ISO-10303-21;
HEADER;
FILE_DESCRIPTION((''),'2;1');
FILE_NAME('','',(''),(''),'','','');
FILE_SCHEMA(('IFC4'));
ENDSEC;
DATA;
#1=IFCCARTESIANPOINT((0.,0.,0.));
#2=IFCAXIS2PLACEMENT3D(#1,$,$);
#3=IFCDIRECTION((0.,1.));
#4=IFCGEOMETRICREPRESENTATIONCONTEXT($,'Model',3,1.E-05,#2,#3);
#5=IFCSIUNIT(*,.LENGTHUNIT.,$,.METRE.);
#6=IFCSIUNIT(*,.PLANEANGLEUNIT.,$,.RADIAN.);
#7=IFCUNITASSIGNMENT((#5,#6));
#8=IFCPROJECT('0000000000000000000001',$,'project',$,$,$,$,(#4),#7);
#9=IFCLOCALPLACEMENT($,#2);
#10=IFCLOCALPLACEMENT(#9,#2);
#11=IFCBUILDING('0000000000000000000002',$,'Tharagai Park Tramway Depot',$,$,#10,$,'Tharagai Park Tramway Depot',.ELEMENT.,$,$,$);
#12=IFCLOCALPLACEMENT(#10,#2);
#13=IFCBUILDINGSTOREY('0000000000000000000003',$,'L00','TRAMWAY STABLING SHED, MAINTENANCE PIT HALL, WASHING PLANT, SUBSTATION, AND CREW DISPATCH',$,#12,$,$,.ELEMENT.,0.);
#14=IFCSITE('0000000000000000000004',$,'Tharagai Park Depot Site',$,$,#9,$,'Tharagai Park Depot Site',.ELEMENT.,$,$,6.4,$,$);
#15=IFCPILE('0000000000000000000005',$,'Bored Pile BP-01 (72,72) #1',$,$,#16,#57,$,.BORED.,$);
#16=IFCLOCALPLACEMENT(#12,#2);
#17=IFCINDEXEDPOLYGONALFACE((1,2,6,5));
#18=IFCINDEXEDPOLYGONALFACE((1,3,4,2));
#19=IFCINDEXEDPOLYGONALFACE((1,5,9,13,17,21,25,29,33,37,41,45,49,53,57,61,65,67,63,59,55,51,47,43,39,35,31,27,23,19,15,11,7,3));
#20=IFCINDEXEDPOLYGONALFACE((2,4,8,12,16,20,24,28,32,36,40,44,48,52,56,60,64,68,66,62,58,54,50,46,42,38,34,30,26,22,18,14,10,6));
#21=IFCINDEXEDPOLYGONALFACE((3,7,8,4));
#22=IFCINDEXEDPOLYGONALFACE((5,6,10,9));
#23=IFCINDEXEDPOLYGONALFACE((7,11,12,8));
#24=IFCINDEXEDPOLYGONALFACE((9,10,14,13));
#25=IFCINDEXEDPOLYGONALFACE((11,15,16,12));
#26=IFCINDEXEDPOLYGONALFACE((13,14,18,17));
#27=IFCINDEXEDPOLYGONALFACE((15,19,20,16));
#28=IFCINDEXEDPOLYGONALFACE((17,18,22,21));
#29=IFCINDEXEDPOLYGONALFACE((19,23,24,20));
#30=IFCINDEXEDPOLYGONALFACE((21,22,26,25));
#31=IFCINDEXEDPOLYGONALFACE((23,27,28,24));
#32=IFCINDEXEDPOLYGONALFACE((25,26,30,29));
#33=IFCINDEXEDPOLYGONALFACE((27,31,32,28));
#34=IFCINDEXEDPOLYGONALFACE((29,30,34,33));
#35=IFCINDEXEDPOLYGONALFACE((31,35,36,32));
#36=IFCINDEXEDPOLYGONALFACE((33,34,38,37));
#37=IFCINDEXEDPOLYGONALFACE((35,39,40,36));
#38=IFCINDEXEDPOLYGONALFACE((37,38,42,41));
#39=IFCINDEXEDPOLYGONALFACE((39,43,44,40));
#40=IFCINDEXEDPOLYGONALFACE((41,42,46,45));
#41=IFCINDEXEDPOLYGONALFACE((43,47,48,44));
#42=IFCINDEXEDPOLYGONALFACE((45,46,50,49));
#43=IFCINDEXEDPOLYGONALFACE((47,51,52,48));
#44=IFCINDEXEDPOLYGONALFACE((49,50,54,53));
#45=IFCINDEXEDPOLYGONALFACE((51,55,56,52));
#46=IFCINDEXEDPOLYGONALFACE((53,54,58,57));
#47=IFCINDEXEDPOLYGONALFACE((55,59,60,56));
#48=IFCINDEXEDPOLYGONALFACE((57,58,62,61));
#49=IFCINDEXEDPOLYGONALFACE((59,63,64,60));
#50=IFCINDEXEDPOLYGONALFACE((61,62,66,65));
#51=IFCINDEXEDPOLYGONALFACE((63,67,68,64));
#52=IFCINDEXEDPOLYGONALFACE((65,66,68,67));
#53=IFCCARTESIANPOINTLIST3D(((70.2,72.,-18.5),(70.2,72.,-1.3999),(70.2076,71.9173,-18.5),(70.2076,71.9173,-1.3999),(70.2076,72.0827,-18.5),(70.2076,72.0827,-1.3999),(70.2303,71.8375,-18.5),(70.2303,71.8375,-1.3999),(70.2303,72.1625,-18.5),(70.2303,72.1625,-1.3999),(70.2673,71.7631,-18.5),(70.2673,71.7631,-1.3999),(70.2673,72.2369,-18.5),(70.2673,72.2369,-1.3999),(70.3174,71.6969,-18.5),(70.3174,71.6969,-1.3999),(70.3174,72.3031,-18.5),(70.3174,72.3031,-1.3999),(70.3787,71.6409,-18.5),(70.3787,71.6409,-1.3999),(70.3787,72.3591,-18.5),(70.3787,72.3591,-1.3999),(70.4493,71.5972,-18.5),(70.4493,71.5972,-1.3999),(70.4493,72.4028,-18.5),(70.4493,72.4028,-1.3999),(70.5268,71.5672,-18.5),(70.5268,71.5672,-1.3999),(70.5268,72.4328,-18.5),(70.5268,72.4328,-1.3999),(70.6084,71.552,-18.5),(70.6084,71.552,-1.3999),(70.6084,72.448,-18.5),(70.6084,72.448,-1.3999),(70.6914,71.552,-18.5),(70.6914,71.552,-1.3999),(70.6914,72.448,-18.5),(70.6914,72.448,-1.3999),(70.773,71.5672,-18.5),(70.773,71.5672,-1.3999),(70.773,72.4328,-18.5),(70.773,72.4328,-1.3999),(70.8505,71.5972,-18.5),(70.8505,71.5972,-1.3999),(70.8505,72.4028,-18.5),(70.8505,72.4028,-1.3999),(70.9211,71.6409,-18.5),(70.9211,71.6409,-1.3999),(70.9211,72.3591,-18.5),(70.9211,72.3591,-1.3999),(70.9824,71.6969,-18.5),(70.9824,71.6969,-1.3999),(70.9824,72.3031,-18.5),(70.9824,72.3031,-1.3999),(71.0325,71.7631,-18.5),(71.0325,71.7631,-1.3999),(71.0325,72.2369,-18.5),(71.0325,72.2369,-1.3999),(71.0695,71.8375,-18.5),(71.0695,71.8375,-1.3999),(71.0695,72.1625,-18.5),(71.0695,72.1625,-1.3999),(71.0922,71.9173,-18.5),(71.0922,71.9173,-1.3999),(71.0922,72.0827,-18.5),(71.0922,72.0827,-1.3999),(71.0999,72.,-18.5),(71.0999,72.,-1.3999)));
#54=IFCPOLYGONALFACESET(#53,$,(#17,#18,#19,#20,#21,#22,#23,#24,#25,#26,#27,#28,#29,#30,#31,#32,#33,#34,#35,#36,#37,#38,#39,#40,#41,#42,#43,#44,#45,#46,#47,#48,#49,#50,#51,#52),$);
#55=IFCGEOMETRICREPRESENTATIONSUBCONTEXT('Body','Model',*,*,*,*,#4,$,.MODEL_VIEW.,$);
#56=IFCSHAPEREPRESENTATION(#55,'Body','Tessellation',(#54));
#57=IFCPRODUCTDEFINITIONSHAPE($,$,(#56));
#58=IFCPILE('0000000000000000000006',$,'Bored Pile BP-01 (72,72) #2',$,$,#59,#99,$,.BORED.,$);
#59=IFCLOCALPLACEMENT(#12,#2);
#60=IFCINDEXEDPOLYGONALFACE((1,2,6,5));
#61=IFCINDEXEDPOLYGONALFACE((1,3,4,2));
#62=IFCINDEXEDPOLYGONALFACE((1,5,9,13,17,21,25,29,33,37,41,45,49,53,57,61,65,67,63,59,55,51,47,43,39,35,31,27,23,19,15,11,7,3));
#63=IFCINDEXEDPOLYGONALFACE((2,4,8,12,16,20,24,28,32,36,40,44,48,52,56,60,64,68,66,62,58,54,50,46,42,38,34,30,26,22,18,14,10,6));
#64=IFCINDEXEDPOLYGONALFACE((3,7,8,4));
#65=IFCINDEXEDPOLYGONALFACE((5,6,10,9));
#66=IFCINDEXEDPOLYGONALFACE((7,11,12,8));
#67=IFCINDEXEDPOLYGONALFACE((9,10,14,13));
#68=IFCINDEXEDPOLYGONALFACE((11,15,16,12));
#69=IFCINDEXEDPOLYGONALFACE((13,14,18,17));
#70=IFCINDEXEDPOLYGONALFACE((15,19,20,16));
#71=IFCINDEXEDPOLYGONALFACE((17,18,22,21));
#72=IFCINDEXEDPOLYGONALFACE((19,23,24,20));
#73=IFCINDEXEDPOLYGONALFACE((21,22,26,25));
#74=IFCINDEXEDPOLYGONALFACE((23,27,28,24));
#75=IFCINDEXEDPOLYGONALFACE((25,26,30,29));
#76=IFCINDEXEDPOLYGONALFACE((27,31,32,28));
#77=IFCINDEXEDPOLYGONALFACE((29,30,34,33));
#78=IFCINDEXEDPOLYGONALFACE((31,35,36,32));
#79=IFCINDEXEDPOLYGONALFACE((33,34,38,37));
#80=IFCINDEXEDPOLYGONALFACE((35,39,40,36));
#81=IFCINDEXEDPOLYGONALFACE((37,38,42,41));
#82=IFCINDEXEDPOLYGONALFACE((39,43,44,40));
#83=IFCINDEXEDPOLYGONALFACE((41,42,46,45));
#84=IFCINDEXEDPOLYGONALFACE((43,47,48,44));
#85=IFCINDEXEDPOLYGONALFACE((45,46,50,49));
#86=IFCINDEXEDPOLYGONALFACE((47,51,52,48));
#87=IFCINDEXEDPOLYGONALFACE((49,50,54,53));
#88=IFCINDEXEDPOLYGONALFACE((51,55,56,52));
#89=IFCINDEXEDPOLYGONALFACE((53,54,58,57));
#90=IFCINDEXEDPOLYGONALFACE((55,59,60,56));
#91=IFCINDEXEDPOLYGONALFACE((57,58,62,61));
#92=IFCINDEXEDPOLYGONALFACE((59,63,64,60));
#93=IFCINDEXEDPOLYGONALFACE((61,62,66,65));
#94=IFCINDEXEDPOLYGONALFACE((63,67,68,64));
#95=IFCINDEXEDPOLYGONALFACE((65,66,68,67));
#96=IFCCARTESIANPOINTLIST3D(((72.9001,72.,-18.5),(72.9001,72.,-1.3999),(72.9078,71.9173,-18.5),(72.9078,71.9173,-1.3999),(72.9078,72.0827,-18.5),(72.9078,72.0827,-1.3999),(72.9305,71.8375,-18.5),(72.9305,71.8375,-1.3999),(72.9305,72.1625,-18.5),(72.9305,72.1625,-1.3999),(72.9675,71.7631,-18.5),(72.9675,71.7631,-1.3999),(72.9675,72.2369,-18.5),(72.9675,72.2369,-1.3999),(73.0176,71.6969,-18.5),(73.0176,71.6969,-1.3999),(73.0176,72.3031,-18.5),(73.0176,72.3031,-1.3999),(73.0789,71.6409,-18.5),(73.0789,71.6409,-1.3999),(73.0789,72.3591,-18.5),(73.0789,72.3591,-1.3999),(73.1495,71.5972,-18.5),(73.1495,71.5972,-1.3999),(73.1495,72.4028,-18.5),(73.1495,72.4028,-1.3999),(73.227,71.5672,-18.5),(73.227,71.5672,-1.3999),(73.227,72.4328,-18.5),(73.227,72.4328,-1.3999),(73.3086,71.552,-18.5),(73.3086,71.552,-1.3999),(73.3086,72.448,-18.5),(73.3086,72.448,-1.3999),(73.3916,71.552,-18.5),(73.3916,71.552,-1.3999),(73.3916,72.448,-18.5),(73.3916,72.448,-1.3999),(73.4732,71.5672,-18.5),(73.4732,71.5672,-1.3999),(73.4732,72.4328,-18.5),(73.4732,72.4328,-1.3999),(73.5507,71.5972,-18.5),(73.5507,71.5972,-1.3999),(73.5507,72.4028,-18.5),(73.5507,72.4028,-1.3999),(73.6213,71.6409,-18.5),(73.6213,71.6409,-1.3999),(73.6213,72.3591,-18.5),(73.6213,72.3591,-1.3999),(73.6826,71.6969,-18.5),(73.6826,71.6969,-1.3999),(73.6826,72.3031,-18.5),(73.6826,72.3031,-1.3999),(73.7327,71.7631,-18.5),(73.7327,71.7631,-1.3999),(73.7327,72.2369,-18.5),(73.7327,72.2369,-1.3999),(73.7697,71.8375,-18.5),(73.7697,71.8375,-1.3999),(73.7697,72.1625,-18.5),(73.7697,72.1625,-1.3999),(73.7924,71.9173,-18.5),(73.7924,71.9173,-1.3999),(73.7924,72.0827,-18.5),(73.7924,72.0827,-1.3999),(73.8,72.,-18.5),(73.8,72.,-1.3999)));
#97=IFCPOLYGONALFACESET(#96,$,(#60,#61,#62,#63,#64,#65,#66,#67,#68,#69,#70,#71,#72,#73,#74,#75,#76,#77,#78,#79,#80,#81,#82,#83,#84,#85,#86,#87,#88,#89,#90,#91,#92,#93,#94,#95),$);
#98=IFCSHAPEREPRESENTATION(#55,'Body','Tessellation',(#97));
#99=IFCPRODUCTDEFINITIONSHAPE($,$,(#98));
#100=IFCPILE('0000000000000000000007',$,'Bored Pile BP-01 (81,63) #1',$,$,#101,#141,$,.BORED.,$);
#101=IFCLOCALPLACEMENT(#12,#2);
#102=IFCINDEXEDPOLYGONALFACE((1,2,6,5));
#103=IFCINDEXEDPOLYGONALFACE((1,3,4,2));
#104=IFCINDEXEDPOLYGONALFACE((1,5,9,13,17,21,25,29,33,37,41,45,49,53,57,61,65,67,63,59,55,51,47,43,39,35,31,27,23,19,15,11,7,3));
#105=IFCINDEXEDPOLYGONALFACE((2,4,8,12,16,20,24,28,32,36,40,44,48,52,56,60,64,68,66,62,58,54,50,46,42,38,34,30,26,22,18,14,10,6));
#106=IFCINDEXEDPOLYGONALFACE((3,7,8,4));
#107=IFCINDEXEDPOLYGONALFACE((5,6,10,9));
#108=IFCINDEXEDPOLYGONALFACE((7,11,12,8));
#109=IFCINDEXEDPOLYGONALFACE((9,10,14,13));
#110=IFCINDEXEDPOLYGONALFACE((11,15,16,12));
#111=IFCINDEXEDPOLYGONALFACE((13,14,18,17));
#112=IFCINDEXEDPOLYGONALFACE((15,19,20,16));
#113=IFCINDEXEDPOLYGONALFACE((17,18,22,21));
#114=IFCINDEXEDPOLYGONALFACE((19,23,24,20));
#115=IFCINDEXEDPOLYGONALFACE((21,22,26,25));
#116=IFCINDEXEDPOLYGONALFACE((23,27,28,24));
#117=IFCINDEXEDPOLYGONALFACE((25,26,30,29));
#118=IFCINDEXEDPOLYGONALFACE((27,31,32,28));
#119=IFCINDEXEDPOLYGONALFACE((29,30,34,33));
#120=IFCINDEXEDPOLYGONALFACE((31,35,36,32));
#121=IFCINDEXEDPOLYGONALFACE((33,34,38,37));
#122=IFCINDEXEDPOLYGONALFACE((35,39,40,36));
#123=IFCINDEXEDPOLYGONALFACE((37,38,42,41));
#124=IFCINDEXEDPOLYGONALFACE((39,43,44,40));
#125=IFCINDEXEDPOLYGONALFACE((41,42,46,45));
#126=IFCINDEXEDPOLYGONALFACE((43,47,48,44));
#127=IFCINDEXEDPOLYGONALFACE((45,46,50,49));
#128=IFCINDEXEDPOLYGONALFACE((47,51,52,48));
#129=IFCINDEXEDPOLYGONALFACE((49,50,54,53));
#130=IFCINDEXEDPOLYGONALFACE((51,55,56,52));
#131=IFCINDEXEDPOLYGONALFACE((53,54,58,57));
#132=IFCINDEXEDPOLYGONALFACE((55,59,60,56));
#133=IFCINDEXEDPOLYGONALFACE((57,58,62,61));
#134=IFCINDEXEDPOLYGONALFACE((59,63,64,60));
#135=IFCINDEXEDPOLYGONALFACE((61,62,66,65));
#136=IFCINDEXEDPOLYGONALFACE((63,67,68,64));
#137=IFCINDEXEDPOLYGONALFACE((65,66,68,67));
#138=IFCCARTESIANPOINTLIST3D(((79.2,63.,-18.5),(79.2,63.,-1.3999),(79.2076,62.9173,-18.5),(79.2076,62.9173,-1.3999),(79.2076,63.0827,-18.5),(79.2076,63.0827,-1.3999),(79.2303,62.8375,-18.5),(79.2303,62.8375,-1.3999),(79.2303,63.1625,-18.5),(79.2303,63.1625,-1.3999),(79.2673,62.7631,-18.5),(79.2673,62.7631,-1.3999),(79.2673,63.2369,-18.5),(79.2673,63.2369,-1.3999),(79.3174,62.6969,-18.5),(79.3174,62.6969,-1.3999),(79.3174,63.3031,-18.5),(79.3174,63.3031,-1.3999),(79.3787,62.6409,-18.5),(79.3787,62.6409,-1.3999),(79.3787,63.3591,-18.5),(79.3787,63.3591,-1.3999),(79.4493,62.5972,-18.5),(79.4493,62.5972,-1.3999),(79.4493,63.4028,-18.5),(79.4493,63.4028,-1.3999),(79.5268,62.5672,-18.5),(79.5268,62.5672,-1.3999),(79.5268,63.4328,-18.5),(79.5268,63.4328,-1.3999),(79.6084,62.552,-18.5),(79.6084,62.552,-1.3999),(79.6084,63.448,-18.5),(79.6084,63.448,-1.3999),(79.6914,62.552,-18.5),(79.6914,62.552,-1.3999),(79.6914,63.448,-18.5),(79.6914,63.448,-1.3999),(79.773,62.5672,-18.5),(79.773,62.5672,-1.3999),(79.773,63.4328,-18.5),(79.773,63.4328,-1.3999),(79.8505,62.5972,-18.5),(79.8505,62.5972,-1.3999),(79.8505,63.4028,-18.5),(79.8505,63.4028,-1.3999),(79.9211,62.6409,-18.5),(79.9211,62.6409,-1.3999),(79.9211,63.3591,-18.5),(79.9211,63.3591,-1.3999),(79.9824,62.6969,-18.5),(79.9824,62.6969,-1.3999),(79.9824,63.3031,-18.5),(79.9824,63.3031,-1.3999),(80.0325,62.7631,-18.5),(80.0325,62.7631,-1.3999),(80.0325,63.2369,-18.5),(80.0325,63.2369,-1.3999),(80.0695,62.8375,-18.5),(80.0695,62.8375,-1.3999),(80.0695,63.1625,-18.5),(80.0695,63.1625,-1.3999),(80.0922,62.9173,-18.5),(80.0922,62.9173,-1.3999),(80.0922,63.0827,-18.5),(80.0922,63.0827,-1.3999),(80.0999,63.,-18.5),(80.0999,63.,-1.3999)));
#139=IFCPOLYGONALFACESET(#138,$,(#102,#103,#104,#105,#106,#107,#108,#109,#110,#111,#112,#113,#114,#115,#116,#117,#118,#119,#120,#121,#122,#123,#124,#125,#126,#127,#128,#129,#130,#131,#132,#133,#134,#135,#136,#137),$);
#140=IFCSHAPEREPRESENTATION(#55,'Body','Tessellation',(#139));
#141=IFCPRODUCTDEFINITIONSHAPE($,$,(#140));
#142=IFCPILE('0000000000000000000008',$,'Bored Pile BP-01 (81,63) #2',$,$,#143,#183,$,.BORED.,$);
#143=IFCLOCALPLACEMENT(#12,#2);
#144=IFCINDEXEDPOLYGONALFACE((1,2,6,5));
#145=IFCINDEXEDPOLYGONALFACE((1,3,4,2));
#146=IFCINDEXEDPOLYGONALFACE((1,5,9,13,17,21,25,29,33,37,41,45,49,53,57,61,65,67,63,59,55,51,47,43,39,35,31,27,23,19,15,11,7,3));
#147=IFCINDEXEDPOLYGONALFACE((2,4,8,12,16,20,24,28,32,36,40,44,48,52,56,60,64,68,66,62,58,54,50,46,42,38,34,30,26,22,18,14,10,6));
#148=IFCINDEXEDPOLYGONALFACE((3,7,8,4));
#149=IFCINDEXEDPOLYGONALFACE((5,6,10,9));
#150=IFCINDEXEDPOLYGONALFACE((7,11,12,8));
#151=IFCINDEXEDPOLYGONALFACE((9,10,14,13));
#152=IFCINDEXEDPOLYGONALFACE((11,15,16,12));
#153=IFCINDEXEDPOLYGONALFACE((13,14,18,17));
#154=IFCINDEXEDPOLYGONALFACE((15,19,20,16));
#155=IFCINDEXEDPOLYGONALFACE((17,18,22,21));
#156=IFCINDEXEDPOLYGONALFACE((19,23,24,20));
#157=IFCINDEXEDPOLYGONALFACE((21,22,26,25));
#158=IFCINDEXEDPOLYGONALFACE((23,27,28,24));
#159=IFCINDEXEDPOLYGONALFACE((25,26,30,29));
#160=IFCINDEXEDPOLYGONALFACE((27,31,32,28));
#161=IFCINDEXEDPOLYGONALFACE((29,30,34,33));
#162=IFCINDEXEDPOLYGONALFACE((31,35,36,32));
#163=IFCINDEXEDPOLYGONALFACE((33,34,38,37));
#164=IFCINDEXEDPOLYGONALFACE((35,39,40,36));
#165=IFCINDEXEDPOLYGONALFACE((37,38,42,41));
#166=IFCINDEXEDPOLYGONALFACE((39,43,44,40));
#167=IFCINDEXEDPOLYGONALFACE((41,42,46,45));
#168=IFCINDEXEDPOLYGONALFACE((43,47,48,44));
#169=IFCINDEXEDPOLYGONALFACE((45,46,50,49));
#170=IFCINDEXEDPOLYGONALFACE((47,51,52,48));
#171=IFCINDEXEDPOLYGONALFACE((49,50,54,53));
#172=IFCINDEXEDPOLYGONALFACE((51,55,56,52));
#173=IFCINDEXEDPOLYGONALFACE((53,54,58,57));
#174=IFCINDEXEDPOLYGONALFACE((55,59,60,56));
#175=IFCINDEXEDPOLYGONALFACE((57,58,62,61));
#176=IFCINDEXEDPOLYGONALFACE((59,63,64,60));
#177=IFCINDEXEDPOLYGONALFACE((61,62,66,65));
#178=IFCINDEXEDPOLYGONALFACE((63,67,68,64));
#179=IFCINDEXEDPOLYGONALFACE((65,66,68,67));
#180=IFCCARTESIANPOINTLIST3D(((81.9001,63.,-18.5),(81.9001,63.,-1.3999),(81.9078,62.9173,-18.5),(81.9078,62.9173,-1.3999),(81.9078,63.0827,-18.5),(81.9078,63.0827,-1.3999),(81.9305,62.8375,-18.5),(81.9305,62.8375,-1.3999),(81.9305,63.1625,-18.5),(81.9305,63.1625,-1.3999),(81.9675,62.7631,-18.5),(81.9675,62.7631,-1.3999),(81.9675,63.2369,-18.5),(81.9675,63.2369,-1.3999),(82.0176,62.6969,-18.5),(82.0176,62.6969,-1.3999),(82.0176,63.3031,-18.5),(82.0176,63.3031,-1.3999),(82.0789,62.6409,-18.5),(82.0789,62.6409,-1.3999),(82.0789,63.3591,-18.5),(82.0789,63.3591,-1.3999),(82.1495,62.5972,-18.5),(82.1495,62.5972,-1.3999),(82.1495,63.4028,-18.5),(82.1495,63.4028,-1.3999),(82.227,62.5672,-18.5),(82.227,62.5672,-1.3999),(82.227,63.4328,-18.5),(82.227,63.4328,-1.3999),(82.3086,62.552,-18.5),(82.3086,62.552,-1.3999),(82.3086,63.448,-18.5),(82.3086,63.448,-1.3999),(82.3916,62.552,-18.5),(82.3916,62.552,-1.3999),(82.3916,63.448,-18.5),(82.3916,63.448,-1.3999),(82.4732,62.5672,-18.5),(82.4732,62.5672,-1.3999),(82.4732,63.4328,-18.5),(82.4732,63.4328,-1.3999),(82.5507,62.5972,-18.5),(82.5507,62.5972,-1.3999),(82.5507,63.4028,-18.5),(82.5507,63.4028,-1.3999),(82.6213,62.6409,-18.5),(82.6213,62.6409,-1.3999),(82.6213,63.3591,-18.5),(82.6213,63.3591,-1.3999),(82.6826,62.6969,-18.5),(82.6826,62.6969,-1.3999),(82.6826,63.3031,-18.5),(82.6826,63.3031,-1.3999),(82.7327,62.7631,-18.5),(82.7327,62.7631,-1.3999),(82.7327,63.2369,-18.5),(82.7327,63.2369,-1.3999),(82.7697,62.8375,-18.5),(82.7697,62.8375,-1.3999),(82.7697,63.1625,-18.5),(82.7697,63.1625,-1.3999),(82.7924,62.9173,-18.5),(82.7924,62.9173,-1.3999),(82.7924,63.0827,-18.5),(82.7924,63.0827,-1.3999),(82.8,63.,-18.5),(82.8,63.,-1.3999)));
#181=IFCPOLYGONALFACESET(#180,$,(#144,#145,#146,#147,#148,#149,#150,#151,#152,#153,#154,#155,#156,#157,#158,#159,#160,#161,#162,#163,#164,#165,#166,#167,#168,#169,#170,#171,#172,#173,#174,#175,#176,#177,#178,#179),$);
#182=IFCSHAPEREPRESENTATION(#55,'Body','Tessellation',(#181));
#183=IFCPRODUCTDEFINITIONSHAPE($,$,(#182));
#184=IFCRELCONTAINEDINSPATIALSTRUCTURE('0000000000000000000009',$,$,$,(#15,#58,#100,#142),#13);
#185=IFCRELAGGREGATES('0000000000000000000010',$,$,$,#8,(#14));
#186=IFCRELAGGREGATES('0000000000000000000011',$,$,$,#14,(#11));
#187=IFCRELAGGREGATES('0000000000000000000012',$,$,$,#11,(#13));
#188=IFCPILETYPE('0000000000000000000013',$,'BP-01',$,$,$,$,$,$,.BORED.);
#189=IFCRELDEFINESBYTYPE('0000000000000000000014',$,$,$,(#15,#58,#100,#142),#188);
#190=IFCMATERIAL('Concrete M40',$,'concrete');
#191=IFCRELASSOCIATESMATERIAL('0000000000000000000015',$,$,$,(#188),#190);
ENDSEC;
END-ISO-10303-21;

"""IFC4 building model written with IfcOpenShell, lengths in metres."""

from ifc_helpers import new_model, si_unit, direction, frame, origin, origin_2d, place, context, subcontext, project, spatial, circle, extrude, material, material_profile, profile_set, type_object, element, save


model = new_model("IFC4")

# Units and contexts
model_context = context("Model", 3, precision=1e-05, world=origin(), true_north=direction((0.0, 1.0)))
body_context = subcontext(model_context, "Body", "Model", "MODEL_VIEW")
ifc_project = project(units=[si_unit("LENGTHUNIT", "METRE"), si_unit("PLANEANGLEUNIT", "RADIAN")], contexts=[model_context])

# Site, building, storey
site_placement = place(None, origin())
site = spatial("IfcSite", under=ifc_project, at=site_placement, Name="Tharagai Park Depot Site", LongName="Tharagai Park Depot Site", CompositionType="ELEMENT", RefElevation=6.4)
building_placement = place(site_placement, origin())
building = spatial("IfcBuilding", under=site, at=building_placement, Name="Tharagai Park Tramway Depot", LongName="Tharagai Park Tramway Depot", CompositionType="ELEMENT")
storey_placement = place(building_placement, origin())
storey = spatial("IfcBuildingStorey", under=building, at=storey_placement, Name="L00", Description="TRAMWAY STABLING SHED, MAINTENANCE PIT HALL, WASHING PLANT, SUBSTATION, AND CREW DISPATCH", CompositionType="ELEMENT", Elevation=0.0)

# Piles
ifc_material_1 = material(Name="Concrete M40", Category="concrete")
ifc_material_profile_1 = material_profile(ifc_material_1, circle(Radius=0.45, at=origin_2d()), Name="PILE D900")
ifc_profile_set_1 = profile_set([ifc_material_profile_1], Name="Concrete M40")
pile_type = type_object("IfcPileType", Name="BP-01", PredefinedType="BORED", material=ifc_profile_set_1)
for number, where, z_axis, x_axis, name in (
    (1, (70.6499, 72.0, -1.3999), (0.0, 0.0, -1.0), (1.0, 0.0, 0.0), "Bored Pile BP-01 (72,72) #1"),
    (2, (73.3501, 72.0, -1.3999), (0.0, 0.0, -1.0), (1.0, 0.0, 0.0), "Bored Pile BP-01 (72,72) #2"),
    (3, (79.6499, 63.0, -1.3999), (0.0, 0.0, -1.0), (1.0, 0.0, 0.0), "Bored Pile BP-01 (81,63) #1"),
    (4, (82.3501, 63.0, -1.3999), (0.0, 0.0, -1.0), (1.0, 0.0, 0.0), "Bored Pile BP-01 (81,63) #2"),
):
    element("IfcPile", number, at=place(storey_placement, frame(where, z_axis=z_axis, x_axis=x_axis)), inside=storey, type_object=pile_type, Name=name, PredefinedType="BORED", context=body_context, shape_type="SweptSolid", body=[
        extrude(circle(Radius=0.45, at=origin_2d()), origin(), (0.0, 0.0, 1.0), 17.1001),
    ])

save(model, "model.ifc")
